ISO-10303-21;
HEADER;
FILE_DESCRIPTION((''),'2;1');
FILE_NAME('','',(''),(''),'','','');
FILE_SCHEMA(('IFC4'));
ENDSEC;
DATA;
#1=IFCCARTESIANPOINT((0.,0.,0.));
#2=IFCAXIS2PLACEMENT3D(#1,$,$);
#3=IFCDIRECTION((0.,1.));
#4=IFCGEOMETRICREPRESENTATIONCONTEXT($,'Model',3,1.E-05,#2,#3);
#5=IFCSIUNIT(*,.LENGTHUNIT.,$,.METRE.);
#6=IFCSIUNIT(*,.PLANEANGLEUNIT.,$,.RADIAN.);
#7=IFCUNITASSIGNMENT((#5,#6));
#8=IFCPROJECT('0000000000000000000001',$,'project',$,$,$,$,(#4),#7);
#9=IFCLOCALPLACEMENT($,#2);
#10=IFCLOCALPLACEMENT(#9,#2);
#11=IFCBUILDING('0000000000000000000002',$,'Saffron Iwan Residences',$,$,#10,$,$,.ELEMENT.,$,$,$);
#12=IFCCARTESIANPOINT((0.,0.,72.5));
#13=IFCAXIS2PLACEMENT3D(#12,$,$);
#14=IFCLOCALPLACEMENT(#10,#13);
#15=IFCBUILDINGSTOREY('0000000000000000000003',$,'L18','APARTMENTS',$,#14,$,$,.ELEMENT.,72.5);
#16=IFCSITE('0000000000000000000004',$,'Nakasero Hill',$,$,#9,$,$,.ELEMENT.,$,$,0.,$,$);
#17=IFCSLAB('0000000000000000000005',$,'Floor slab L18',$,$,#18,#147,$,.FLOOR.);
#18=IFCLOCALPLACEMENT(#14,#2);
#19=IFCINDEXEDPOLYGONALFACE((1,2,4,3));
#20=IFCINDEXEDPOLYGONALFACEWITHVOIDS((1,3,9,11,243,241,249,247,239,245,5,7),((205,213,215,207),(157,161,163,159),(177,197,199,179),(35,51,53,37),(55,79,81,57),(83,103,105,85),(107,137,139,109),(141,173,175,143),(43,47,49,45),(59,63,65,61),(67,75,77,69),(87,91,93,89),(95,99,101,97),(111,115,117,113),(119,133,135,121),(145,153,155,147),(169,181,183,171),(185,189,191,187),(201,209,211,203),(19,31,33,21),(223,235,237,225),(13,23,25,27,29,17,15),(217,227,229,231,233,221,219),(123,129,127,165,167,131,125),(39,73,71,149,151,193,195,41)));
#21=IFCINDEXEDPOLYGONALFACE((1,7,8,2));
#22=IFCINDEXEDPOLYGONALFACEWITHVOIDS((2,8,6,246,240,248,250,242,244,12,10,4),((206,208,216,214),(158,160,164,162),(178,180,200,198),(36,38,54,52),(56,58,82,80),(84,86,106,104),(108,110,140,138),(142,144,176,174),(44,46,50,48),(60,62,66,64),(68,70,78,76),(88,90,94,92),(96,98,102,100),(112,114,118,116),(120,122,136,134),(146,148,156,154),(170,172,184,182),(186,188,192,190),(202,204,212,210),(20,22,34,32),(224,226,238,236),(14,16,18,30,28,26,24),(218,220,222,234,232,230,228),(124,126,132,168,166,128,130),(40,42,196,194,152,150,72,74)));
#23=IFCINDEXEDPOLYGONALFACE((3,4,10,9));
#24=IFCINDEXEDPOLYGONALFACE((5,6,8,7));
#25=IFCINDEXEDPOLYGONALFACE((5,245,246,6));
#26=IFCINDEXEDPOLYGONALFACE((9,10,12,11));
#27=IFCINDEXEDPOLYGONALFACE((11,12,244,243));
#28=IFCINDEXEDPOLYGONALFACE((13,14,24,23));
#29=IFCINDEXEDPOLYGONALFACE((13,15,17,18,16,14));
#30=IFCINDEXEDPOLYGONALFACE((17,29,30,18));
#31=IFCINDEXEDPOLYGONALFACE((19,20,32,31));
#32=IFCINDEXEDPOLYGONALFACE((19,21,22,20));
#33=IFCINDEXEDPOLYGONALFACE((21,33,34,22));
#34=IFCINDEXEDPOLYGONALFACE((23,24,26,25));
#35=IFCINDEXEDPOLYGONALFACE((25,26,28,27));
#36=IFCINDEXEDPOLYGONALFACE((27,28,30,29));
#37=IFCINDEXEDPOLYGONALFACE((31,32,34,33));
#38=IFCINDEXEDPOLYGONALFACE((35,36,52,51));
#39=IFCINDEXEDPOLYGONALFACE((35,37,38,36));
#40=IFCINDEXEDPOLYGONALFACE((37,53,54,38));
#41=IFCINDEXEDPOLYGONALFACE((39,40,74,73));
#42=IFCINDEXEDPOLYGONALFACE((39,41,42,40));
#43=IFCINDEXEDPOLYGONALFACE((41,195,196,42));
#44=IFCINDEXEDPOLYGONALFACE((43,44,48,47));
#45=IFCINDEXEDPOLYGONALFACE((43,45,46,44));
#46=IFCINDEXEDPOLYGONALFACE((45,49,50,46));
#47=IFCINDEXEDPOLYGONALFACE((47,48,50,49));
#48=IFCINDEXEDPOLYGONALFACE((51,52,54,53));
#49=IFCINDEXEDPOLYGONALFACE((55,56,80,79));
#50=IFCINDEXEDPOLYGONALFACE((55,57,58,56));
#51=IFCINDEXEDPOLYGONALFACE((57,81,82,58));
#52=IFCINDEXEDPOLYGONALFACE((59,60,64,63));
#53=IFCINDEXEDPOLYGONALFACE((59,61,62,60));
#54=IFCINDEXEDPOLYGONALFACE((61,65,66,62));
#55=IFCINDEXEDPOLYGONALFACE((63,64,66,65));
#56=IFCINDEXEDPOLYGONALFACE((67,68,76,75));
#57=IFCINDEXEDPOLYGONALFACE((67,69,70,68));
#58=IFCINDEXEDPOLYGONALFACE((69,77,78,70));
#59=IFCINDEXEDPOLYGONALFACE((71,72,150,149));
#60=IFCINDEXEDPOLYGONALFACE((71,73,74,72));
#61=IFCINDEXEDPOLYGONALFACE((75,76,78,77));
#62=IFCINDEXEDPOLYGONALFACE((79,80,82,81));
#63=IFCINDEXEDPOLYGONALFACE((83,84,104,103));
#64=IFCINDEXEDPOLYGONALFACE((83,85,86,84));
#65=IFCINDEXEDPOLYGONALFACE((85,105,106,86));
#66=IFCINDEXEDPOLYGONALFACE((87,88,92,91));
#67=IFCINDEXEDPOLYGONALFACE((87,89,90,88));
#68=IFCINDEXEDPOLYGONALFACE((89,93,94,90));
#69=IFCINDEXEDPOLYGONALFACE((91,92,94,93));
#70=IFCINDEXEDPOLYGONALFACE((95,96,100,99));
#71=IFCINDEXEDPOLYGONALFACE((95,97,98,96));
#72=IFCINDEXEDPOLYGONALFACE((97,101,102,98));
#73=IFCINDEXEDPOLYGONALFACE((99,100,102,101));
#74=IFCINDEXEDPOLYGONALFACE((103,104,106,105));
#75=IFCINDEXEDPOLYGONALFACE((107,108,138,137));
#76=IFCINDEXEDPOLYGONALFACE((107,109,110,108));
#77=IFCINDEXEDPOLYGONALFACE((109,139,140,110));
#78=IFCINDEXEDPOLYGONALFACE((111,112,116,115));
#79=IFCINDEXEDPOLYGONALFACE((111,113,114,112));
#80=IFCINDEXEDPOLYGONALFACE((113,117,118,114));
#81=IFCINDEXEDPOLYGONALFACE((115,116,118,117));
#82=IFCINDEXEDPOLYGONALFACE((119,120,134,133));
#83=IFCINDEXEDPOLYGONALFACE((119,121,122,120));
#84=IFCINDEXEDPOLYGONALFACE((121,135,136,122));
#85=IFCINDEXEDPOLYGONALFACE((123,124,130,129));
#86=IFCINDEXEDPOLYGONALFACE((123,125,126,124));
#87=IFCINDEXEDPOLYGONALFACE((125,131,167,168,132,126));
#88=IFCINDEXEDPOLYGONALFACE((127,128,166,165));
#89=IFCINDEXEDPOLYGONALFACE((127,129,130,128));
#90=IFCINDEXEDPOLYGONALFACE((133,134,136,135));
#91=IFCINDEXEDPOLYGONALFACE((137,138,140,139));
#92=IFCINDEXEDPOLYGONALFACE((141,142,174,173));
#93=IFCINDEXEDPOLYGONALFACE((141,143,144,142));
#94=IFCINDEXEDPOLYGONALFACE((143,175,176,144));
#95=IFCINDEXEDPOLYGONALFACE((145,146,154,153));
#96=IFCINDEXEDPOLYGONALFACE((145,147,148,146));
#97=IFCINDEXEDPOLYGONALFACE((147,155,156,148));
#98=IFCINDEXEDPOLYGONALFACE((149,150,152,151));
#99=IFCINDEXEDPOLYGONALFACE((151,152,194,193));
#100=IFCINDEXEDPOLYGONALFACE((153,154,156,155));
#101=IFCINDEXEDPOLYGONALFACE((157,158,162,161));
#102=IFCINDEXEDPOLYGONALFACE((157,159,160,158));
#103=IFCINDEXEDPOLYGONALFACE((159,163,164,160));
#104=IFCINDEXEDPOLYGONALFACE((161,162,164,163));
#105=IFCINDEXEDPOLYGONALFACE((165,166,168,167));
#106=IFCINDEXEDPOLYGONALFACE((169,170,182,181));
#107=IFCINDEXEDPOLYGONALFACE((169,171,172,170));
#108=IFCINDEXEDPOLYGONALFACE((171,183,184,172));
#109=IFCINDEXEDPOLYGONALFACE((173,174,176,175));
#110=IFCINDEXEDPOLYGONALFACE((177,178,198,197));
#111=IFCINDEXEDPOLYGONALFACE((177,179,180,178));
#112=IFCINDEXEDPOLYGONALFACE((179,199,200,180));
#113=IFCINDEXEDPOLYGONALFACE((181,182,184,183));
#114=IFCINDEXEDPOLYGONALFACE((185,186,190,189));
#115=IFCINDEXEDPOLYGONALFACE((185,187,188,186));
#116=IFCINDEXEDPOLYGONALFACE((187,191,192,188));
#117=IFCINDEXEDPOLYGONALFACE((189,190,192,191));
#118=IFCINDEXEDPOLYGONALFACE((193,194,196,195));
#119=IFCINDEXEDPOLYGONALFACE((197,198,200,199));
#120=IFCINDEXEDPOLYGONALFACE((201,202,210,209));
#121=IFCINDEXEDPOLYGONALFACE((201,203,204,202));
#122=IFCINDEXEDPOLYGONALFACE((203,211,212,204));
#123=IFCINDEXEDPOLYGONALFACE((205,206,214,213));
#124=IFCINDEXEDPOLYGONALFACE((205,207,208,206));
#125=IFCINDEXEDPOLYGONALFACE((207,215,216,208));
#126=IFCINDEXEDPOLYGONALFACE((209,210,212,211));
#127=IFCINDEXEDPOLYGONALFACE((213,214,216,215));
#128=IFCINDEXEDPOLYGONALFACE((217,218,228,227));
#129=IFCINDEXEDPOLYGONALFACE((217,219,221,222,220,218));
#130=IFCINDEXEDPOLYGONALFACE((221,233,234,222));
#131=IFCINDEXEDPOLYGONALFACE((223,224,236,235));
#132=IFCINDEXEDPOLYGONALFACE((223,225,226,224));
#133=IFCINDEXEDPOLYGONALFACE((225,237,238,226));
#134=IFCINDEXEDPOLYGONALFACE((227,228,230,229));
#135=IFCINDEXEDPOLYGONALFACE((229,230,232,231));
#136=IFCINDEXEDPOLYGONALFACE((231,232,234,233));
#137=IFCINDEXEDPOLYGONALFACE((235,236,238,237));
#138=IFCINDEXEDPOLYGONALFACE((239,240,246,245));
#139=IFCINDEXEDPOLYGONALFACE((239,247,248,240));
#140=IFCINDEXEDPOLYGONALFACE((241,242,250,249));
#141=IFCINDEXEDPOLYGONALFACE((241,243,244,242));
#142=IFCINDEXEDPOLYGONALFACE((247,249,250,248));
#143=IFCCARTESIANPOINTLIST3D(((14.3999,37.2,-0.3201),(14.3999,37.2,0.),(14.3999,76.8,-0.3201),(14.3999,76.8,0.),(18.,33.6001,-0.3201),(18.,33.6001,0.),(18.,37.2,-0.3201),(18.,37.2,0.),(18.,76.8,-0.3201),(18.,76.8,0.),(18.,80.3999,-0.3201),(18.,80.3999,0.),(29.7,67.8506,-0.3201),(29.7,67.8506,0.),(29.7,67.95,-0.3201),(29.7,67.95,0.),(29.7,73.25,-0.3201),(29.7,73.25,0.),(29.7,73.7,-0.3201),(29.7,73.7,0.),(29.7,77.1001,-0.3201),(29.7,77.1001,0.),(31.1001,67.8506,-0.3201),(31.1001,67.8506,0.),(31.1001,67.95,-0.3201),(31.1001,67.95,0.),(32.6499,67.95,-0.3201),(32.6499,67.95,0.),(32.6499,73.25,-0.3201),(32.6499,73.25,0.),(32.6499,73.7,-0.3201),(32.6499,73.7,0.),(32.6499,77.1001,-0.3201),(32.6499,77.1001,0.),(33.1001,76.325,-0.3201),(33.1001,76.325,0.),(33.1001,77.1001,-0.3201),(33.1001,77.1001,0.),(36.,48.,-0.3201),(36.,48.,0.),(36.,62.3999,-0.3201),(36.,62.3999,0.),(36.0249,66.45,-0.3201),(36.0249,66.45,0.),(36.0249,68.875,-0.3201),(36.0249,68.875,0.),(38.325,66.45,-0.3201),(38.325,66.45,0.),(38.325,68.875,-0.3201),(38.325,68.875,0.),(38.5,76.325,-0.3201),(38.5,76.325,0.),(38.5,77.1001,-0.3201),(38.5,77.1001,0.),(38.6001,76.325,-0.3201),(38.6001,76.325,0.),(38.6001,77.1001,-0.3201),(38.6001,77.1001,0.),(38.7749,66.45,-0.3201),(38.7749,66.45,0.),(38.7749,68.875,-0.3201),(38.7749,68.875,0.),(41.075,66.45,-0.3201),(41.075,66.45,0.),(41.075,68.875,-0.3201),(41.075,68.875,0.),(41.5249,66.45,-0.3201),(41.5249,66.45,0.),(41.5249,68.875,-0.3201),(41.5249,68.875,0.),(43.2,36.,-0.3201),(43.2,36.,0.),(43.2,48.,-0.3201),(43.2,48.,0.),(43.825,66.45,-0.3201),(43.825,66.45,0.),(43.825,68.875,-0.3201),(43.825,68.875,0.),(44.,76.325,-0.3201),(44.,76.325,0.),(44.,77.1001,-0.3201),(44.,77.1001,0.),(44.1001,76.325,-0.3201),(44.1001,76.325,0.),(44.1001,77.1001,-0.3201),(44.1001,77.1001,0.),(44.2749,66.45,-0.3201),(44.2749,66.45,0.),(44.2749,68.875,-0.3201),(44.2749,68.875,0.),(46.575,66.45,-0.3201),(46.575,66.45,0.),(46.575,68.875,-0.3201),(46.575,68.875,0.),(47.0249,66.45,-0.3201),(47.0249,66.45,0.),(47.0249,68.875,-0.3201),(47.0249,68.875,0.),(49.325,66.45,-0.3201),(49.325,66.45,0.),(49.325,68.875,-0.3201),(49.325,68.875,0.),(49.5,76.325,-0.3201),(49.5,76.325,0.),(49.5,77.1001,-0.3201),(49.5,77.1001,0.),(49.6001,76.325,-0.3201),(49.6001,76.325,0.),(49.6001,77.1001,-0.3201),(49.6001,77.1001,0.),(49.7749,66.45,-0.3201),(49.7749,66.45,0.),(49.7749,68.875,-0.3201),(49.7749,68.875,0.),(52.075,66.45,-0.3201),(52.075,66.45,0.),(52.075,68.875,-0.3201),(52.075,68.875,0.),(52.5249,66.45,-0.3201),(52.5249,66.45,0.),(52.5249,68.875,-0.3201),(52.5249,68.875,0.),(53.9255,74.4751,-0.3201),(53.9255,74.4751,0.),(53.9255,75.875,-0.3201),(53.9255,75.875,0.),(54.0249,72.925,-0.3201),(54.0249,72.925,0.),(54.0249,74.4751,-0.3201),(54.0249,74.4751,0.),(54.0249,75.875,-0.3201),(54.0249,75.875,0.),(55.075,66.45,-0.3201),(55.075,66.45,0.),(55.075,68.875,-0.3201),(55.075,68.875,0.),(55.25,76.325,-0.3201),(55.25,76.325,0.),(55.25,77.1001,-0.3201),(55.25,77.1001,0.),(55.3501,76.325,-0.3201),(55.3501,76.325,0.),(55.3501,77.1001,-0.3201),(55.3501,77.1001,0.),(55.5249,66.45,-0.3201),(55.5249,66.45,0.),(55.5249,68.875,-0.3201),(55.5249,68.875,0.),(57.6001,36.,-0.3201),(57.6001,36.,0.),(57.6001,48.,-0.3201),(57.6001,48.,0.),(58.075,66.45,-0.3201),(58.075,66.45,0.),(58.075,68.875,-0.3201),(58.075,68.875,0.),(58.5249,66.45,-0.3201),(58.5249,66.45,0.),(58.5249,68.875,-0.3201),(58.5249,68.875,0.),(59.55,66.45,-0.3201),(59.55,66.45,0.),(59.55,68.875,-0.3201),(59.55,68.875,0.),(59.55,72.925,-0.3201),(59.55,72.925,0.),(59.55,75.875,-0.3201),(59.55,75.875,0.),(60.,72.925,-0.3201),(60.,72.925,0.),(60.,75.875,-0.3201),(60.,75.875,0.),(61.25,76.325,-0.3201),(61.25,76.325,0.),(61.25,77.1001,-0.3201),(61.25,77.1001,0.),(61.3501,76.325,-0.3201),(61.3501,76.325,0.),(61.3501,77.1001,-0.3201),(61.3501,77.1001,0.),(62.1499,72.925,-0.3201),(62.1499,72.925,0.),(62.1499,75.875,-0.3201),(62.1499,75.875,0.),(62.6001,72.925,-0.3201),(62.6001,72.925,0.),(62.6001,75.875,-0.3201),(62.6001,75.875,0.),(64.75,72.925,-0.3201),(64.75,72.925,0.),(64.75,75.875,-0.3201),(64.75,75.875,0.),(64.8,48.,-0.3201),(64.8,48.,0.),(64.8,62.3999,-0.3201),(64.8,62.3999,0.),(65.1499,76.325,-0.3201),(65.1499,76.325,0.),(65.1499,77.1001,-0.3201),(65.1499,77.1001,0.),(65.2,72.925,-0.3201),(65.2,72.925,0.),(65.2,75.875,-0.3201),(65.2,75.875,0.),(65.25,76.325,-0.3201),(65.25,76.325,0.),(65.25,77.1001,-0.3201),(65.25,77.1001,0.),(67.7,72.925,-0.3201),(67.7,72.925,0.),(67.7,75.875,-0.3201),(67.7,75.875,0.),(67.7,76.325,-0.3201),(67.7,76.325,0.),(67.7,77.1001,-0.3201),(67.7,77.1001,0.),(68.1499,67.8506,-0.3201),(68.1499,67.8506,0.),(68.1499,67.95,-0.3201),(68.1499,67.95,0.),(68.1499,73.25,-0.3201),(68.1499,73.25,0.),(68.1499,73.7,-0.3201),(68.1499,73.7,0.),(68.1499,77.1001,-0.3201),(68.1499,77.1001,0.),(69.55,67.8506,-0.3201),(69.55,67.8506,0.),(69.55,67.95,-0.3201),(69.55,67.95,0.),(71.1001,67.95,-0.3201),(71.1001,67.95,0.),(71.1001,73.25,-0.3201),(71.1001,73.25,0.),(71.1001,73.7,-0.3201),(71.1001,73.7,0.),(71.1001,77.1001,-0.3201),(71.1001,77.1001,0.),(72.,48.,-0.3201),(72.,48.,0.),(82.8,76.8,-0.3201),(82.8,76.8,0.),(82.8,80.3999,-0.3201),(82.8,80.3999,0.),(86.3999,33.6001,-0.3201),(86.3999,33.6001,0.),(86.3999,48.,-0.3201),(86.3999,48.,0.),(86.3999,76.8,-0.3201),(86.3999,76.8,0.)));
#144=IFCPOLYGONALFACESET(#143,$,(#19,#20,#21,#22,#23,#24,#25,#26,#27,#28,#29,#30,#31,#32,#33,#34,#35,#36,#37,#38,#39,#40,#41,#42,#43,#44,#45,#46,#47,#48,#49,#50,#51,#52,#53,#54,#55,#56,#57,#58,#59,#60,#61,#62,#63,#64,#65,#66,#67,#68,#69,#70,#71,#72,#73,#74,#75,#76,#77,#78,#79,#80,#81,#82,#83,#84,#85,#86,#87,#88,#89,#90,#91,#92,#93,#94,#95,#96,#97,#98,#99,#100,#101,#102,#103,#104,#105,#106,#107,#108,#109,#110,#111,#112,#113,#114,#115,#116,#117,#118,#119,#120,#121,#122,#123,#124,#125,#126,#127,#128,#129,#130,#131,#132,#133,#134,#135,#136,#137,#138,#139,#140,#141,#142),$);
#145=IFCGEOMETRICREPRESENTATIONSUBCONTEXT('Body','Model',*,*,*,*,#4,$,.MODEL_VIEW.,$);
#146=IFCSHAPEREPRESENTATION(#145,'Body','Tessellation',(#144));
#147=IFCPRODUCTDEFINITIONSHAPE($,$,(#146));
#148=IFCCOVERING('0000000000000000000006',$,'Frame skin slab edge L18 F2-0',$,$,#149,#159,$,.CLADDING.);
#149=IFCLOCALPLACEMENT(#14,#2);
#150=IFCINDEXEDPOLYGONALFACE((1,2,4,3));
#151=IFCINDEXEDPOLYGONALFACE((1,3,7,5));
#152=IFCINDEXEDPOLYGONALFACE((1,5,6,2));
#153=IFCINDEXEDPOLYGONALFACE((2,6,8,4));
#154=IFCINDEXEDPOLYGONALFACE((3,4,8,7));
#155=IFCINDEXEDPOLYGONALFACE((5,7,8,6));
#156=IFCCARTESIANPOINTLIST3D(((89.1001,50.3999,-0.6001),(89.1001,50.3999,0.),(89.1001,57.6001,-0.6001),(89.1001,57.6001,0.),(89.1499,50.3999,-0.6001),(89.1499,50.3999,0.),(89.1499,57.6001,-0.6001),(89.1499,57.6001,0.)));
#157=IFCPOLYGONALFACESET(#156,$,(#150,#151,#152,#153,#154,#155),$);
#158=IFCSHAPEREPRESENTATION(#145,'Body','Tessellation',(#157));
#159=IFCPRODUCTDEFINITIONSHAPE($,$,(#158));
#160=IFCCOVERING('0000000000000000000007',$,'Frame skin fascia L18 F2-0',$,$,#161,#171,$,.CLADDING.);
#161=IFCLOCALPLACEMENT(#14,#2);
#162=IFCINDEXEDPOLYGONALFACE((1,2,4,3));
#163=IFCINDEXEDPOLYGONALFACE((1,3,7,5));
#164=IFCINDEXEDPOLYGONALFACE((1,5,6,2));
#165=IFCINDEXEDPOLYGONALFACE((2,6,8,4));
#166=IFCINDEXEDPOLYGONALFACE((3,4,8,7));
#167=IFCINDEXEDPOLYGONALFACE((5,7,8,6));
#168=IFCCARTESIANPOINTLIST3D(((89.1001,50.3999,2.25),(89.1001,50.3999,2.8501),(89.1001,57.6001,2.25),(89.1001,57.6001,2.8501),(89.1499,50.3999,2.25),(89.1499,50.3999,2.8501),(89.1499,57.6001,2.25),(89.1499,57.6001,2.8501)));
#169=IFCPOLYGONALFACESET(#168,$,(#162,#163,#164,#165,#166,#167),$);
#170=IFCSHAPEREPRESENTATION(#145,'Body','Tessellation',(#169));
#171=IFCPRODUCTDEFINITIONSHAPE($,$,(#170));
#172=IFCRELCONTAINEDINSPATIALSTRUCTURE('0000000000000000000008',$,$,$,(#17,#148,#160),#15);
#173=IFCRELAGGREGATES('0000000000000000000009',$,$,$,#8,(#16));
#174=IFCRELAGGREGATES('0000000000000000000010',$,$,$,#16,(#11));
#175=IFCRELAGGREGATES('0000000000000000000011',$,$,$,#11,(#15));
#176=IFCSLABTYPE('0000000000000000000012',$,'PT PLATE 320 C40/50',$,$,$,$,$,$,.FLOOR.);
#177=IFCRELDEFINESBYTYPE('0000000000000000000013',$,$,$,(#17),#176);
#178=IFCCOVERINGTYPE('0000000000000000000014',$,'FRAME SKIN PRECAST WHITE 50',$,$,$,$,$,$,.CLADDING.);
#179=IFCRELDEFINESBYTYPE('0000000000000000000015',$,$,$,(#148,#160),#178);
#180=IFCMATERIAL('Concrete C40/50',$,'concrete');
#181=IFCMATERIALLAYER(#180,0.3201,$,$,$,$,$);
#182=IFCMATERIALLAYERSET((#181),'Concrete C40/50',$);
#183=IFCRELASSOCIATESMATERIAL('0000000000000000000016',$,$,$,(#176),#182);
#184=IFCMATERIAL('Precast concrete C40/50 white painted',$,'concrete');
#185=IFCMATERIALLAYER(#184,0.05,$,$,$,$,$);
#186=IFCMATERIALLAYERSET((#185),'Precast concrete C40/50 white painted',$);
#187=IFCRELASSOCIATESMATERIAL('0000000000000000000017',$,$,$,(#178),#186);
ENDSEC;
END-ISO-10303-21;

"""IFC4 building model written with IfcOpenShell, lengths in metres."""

from ifc_helpers import new_model, si_unit, direction, frame, origin, place, context, subcontext, project, spatial, polyline, outline, extrude, material, layer, layer_set, type_object, element, save


model = new_model("IFC4")

# Units and contexts
model_context = context("Model", 3, precision=1e-05, world=origin(), true_north=direction((0.0, 1.0)))
body_context = subcontext(model_context, "Body", "Model", "MODEL_VIEW")
ifc_project = project(units=[si_unit("LENGTHUNIT", "METRE"), si_unit("PLANEANGLEUNIT", "RADIAN")], contexts=[model_context])

# Site, building, storey
site_placement = place(None, origin())
site = spatial("IfcSite", under=ifc_project, at=site_placement, Name="Nakasero Hill", CompositionType="ELEMENT", RefElevation=0.0)
building_placement = place(site_placement, origin())
building = spatial("IfcBuilding", under=site, at=building_placement, Name="Saffron Iwan Residences", CompositionType="ELEMENT")
storey_placement = place(building_placement, frame((0.0, 0.0, 72.5)))
storey = spatial("IfcBuildingStorey", under=building, at=storey_placement, Name="L18", Description="APARTMENTS", CompositionType="ELEMENT", Elevation=72.5)

# Slab
ifc_material_1 = material(Name="Concrete C40/50", Category="concrete")
ifc_layer_1 = layer(ifc_material_1, 0.3201)
ifc_layer_set_1 = layer_set([ifc_layer_1], Name="Concrete C40/50")
slab_type_1 = type_object("IfcSlabType", Name="PT PLATE 320 C40/50", PredefinedType="FLOOR", material=ifc_layer_set_1)
slab_1_placement = place(storey_placement, frame((0.0, 0.0, -0.3201)))
element("IfcSlab", 1, at=slab_1_placement, inside=storey, type_object=slab_type_1, Name="Floor slab L18", PredefinedType="FLOOR", context=body_context, shape_type="SweptSolid", body=[
    extrude(outline(polyline([(14.3999, 37.2), (14.3999, 76.8), (18.0, 76.8), (18.0, 80.3999), (82.8, 80.3999), (82.8, 76.8), (86.3999, 76.8), (86.3999, 48.0), (72.0, 48.0), (86.3999, 33.6001), (18.0, 33.6001), (18.0, 37.2), (14.3999, 37.2)]), holes=[polyline([(64.8, 48.0), (64.8, 62.3999), (36.0, 62.3999), (36.0, 48.0), (43.2, 48.0), (43.2, 36.0), (57.6001, 36.0), (57.6001, 48.0), (64.8, 48.0)]), polyline([(38.325, 68.875), (36.0249, 68.875), (36.0249, 66.45), (38.325, 66.45), (38.325, 68.875)]), polyline([(41.075, 66.45), (41.075, 68.875), (38.7749, 68.875), (38.7749, 66.45), (41.075, 66.45)]), polyline([(43.825, 66.45), (43.825, 68.875), (41.5249, 68.875), (41.5249, 66.45), (43.825, 66.45)]), polyline([(46.575, 68.875), (44.2749, 68.875), (44.2749, 66.45), (46.575, 66.45), (46.575, 68.875)]), polyline([(49.325, 66.45), (49.325, 68.875), (47.0249, 68.875), (47.0249, 66.45), (49.325, 66.45)]), polyline([(52.075, 66.45), (52.075, 68.875), (49.7749, 68.875), (49.7749, 66.45), (52.075, 66.45)]), polyline([(29.7, 73.25), (29.7, 67.95), (29.7, 67.8506), (31.1001, 67.8506), (31.1001, 67.95), (32.6499, 67.95), (32.6499, 73.25), (29.7, 73.25)]), polyline([(32.6499, 73.7), (32.6499, 77.1001), (29.7, 77.1001), (29.7, 73.7), (32.6499, 73.7)]), polyline([(38.5, 76.325), (38.5, 77.1001), (33.1001, 77.1001), (33.1001, 76.325), (38.5, 76.325)]), polyline([(44.0, 77.1001), (38.6001, 77.1001), (38.6001, 76.325), (44.0, 76.325), (44.0, 77.1001)]), polyline([(49.5, 76.325), (49.5, 77.1001), (44.1001, 77.1001), (44.1001, 76.325), (49.5, 76.325)]), polyline([(55.25, 76.325), (55.25, 77.1001), (49.6001, 77.1001), (49.6001, 76.325), (55.25, 76.325)]), polyline([(55.075, 68.875), (52.5249, 68.875), (52.5249, 66.45), (55.075, 66.45), (55.075, 68.875)]), polyline([(58.075, 66.45), (58.075, 68.875), (55.5249, 68.875), (55.5249, 66.45), (58.075, 66.45)]), polyline([(59.55, 66.45), (59.55, 68.875), (58.5249, 68.875), (58.5249, 66.45), (59.55, 66.45)]), polyline([(68.1499, 73.25), (68.1499, 67.95), (68.1499, 67.8506), (69.55, 67.8506), (69.55, 67.95), (71.1001, 67.95), (71.1001, 73.25), (68.1499, 73.25)]), polyline([(53.9255, 74.4751), (54.0249, 74.4751), (54.0249, 72.925), (59.55, 72.925), (59.55, 75.875), (54.0249, 75.875), (53.9255, 75.875), (53.9255, 74.4751)]), polyline([(62.1499, 72.925), (62.1499, 75.875), (60.0, 75.875), (60.0, 72.925), (62.1499, 72.925)]), polyline([(64.75, 75.875), (62.6001, 75.875), (62.6001, 72.925), (64.75, 72.925), (64.75, 75.875)]), polyline([(67.7, 72.925), (67.7, 75.875), (65.2, 75.875), (65.2, 72.925), (67.7, 72.925)]), polyline([(71.1001, 73.7), (71.1001, 77.1001), (68.1499, 77.1001), (68.1499, 73.7), (71.1001, 73.7)]), polyline([(61.25, 77.1001), (55.3501, 77.1001), (55.3501, 76.325), (61.25, 76.325), (61.25, 77.1001)]), polyline([(65.1499, 76.325), (65.1499, 77.1001), (61.3501, 77.1001), (61.3501, 76.325), (65.1499, 76.325)]), polyline([(67.7, 76.325), (67.7, 77.1001), (65.25, 77.1001), (65.25, 76.325), (67.7, 76.325)])]), origin(), (0.0, 0.0, 1.0), 0.3201),
])

# Coverings
ifc_material_2 = material(Name="Precast concrete C40/50 white painted", Category="concrete")
ifc_layer_2 = layer(ifc_material_2, 0.05)
ifc_layer_set_2 = layer_set([ifc_layer_2], Name="Precast concrete C40/50 white painted")
covering_type_1 = type_object("IfcCoveringType", Name="FRAME SKIN PRECAST WHITE 50", PredefinedType="CLADDING", material=ifc_layer_set_2)
for number, where, name in (
    (2, (0.0, 0.0, -0.6001), "Frame skin slab edge L18 F2-0"),
    (3, (0.0, 0.0, 2.25), "Frame skin fascia L18 F2-0"),
):
    element("IfcCovering", number, at=place(storey_placement, frame(where)), inside=storey, type_object=covering_type_1, Name=name, PredefinedType="CLADDING", context=body_context, shape_type="SweptSolid", body=[
        extrude(outline(polyline([(89.1499, 50.3999), (89.1499, 57.6001), (89.1001, 57.6001), (89.1001, 50.3999), (89.1499, 50.3999)])), origin(), (0.0, 0.0, 1.0), 0.6001),
    ])

save(model, "model.ifc")
